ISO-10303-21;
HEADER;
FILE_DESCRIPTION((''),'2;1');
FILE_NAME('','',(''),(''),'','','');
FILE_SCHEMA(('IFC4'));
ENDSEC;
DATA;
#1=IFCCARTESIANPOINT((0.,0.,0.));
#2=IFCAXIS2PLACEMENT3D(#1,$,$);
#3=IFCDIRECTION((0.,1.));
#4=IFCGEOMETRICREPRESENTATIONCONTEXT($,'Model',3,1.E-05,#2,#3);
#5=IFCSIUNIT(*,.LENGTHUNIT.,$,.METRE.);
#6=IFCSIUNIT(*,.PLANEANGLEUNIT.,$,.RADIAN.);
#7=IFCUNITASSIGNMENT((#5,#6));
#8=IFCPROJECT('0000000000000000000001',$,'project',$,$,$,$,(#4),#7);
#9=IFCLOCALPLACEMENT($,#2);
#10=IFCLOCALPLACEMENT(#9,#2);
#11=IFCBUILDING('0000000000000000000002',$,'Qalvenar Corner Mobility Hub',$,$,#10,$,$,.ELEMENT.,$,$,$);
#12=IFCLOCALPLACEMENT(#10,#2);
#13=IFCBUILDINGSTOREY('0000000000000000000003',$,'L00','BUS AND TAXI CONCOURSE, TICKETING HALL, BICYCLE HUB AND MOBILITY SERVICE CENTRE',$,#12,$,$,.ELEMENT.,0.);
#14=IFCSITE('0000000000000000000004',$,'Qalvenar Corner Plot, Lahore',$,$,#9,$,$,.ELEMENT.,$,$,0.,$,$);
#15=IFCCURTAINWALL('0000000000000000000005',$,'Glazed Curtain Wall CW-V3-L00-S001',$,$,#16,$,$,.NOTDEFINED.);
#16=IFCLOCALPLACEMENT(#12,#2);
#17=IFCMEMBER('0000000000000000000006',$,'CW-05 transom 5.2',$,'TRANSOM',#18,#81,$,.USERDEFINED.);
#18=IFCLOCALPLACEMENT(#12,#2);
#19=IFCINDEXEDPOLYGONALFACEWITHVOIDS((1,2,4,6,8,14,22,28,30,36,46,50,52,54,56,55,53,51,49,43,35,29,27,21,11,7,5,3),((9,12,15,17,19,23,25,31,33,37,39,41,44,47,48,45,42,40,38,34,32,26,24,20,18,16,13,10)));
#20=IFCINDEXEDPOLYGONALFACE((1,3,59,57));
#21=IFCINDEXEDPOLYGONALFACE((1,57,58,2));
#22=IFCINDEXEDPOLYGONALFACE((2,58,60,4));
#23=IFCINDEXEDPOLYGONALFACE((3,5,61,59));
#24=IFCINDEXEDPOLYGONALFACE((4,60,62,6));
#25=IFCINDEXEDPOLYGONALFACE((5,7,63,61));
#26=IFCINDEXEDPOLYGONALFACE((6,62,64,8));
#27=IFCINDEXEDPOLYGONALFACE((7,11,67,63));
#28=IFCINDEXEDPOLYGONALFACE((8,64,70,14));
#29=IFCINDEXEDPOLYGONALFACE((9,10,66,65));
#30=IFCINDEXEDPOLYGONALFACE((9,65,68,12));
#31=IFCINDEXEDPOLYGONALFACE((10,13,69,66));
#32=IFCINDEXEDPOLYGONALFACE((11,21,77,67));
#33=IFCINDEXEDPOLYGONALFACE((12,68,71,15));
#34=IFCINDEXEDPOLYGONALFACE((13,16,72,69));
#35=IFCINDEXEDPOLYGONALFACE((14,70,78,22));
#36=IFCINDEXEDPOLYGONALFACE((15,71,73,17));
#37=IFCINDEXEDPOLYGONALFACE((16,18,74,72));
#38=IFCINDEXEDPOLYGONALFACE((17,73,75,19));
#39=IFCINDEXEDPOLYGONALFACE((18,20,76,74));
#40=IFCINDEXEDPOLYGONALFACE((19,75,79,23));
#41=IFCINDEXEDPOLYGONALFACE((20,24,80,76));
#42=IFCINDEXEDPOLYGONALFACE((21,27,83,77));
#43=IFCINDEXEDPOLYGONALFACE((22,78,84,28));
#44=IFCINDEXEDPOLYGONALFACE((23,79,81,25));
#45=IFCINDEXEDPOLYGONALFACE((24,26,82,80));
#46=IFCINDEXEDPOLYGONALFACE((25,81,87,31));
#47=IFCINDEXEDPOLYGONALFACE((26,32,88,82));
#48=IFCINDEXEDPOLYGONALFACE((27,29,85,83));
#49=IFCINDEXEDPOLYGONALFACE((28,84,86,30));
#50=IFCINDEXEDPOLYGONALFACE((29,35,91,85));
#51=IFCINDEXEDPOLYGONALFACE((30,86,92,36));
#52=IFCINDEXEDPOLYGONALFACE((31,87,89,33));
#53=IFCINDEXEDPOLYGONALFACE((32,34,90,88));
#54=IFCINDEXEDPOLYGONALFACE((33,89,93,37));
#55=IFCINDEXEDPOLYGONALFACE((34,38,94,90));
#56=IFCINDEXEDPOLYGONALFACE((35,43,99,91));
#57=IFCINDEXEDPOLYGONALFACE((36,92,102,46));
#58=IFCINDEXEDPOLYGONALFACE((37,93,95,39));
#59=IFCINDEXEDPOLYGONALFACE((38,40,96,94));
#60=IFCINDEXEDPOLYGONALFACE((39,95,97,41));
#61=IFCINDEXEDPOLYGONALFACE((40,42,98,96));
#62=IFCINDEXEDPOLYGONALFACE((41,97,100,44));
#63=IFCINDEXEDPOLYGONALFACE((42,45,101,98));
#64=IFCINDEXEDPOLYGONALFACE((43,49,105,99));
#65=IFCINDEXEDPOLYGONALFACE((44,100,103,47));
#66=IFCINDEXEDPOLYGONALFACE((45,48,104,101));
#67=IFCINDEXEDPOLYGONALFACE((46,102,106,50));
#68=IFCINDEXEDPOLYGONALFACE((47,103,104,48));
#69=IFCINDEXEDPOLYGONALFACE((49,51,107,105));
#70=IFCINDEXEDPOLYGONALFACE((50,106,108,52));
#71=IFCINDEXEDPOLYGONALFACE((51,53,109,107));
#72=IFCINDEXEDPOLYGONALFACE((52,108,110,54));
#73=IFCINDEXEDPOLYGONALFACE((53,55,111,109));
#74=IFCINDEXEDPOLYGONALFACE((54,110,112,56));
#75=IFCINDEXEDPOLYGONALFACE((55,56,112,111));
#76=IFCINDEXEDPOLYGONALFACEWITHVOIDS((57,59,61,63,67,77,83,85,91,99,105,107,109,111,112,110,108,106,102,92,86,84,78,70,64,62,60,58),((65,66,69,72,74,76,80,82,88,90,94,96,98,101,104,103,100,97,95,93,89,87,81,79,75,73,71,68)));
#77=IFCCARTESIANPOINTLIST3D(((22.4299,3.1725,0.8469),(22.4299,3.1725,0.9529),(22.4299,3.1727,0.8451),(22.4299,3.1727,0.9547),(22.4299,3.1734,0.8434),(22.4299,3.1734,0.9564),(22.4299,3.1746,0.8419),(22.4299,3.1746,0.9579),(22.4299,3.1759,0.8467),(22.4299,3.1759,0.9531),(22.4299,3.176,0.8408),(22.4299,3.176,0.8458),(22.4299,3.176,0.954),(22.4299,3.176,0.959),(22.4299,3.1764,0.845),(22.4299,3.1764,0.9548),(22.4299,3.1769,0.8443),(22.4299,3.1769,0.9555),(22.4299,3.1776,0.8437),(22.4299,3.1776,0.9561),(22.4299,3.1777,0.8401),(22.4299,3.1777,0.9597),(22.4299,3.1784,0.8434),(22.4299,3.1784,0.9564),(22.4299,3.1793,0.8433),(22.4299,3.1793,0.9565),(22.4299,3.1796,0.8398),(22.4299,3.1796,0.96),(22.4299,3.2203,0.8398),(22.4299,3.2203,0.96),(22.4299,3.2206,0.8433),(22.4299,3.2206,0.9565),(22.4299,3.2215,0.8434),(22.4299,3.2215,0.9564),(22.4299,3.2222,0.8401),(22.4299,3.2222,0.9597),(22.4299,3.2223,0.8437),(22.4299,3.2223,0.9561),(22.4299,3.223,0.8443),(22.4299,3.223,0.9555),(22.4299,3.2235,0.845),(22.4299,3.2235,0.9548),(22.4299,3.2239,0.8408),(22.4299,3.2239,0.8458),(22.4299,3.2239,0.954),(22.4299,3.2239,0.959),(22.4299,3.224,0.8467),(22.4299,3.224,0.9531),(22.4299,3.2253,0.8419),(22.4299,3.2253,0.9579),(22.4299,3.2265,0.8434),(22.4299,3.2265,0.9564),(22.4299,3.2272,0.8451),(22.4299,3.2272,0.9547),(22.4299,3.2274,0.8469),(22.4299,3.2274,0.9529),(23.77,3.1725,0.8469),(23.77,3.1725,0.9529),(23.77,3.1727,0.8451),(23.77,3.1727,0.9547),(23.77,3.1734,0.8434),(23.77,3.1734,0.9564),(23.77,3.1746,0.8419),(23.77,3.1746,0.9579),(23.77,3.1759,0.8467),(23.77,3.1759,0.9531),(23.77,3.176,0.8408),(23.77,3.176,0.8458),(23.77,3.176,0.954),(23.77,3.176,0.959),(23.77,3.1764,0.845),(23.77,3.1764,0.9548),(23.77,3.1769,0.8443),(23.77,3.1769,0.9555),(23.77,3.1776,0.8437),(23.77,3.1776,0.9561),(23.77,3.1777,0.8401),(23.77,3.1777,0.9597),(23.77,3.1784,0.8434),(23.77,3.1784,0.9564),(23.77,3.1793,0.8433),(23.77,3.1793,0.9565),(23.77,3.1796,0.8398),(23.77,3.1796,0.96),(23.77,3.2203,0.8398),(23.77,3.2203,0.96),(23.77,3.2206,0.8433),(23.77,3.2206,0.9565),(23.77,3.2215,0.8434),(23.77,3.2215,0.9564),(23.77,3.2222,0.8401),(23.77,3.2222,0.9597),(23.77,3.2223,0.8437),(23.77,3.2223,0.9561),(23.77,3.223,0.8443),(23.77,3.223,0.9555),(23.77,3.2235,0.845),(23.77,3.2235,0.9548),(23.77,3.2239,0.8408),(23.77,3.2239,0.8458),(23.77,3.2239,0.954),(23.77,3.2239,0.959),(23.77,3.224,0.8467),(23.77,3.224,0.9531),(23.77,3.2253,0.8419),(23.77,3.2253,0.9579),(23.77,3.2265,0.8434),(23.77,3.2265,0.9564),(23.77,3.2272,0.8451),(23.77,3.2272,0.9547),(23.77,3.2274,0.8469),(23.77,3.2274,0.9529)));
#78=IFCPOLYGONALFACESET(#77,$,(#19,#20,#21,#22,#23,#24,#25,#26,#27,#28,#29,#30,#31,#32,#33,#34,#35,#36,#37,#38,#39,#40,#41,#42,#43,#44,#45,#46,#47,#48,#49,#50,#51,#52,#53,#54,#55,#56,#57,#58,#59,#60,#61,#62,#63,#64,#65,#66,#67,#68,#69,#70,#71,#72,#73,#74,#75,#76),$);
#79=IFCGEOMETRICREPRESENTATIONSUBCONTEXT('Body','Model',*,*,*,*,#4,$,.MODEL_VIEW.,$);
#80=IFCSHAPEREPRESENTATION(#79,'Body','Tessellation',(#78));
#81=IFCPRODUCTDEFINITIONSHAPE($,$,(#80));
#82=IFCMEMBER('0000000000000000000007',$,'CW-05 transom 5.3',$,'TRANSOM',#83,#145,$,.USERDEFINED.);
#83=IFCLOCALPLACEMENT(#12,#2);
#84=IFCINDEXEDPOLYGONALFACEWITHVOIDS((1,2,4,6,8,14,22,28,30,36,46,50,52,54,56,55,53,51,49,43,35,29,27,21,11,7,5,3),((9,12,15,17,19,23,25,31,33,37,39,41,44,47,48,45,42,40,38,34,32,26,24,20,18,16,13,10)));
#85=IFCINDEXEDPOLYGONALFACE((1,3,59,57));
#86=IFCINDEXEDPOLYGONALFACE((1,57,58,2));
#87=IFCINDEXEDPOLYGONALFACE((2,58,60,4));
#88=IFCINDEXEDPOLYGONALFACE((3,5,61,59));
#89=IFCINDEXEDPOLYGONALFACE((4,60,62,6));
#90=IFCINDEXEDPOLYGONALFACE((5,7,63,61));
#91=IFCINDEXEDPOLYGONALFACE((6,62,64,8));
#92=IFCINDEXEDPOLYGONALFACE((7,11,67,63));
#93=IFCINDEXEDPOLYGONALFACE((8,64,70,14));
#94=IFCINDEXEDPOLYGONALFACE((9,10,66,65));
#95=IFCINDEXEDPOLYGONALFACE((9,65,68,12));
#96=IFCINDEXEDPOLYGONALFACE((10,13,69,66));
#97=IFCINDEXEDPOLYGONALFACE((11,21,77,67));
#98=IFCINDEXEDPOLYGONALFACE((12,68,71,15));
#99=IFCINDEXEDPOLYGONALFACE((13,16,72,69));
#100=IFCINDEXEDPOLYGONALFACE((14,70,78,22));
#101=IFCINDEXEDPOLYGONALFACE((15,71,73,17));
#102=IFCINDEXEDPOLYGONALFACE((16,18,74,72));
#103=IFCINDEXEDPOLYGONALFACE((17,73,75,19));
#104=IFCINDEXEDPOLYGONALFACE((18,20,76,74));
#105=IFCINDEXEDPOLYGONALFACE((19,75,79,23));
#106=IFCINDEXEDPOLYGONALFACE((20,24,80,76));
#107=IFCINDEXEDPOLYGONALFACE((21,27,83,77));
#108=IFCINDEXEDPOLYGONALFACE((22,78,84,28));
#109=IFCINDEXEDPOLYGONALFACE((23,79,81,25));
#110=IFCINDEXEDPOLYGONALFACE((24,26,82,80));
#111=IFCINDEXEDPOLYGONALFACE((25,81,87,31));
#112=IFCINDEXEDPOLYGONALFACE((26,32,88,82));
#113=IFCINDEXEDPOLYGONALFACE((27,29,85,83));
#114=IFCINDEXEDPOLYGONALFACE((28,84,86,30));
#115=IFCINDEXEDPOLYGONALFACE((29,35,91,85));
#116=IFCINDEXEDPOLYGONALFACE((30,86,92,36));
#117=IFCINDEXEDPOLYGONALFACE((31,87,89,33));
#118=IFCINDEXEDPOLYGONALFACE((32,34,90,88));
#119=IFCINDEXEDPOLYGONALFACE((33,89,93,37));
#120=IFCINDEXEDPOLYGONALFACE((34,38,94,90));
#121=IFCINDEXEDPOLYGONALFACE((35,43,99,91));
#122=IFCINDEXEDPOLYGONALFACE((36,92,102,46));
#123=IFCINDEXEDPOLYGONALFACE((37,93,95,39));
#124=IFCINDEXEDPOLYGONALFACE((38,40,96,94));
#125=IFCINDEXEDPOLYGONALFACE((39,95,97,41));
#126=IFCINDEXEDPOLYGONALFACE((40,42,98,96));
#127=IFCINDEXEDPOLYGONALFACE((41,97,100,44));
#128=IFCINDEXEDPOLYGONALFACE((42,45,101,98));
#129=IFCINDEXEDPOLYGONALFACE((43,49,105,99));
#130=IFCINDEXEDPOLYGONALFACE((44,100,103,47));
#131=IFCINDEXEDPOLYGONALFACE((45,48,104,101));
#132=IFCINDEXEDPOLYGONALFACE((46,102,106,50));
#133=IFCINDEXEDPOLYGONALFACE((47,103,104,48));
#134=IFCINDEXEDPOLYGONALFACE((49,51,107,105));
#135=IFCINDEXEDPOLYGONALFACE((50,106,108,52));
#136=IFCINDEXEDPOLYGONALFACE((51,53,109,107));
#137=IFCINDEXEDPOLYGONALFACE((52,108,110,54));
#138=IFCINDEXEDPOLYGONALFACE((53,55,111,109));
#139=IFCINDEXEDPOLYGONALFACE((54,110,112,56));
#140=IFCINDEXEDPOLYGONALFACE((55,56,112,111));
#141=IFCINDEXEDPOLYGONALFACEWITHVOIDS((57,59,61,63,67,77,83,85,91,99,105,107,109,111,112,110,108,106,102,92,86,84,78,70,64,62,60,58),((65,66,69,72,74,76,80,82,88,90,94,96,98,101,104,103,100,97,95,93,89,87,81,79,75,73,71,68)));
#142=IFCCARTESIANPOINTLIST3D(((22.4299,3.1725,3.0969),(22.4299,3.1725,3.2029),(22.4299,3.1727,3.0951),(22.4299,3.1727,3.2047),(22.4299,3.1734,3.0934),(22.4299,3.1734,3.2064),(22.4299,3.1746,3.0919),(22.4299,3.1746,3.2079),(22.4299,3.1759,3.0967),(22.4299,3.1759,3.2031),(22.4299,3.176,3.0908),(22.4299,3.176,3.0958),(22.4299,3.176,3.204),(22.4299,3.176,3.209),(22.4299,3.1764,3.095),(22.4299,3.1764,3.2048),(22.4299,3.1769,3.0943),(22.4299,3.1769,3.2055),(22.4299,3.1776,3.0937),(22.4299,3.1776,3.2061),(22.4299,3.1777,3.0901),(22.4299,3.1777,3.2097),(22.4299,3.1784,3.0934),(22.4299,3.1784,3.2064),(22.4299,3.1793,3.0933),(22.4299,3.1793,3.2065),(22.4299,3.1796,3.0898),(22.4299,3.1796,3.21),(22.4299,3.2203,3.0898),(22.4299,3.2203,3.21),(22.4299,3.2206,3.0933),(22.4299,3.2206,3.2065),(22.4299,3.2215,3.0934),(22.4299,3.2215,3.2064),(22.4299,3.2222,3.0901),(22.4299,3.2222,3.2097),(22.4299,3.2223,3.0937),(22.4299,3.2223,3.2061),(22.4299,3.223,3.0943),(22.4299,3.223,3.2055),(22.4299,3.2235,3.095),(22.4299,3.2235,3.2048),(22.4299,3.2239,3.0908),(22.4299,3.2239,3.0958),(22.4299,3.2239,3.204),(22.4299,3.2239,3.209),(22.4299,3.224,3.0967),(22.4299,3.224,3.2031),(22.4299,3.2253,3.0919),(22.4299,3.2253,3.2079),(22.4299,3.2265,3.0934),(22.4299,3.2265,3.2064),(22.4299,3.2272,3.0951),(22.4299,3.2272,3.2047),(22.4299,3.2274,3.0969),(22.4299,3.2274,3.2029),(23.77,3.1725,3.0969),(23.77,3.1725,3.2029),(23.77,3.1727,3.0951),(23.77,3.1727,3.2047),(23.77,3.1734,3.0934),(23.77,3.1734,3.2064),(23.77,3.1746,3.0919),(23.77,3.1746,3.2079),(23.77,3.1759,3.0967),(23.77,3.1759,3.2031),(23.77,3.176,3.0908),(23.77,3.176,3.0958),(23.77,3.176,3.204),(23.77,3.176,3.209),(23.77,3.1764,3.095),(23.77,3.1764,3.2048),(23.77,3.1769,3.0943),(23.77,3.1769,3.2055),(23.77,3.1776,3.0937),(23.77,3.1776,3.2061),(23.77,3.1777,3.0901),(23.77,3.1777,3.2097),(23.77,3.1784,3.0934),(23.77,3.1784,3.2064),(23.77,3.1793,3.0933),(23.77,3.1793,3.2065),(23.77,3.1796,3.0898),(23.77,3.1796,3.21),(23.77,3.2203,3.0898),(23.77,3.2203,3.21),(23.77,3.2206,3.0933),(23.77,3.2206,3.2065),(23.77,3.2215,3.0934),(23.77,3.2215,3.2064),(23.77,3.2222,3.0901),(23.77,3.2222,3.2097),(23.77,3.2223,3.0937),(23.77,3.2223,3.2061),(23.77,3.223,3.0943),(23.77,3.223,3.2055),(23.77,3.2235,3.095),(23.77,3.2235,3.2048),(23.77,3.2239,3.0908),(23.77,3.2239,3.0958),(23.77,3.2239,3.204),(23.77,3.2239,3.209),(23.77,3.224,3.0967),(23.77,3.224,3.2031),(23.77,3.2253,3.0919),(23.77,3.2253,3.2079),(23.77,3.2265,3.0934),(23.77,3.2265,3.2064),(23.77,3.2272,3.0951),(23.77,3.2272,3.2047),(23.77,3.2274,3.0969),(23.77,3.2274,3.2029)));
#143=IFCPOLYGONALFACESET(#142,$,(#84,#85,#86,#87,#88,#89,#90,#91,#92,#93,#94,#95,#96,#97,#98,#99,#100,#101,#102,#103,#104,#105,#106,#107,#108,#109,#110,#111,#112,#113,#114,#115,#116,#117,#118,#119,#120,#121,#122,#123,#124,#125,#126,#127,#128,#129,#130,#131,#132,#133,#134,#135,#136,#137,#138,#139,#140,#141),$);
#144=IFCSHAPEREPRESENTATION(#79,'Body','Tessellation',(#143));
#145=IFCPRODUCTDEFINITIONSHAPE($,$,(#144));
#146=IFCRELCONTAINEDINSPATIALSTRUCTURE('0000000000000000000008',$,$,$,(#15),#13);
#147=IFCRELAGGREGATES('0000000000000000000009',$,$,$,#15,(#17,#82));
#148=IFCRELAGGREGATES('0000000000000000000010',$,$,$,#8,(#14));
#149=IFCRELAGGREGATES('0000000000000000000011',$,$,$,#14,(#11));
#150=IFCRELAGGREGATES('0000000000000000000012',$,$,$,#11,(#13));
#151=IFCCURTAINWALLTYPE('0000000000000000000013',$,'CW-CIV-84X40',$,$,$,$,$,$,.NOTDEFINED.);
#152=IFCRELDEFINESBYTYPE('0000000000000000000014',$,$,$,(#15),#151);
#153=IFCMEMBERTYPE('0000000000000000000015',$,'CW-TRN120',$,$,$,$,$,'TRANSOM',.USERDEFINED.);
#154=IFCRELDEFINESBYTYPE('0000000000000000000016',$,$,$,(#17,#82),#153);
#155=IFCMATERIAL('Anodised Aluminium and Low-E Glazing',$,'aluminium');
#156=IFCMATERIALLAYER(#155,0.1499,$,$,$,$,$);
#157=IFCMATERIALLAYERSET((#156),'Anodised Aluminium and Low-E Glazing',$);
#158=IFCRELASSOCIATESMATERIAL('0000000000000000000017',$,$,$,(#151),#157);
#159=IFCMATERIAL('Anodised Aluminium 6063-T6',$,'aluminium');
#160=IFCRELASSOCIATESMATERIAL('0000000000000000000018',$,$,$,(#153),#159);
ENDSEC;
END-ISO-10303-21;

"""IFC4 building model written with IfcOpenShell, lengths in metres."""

from ifc_helpers import new_model, si_unit, direction, frame, origin, origin_2d, place, context, subcontext, project, spatial, hollow_rectangle, extrude, material, layer, layer_set, material_profile, profile_set, type_object, element, aggregate, save


model = new_model("IFC4")

# Units and contexts
model_context = context("Model", 3, precision=1e-05, world=origin(), true_north=direction((0.0, 1.0)))
body_context = subcontext(model_context, "Body", "Model", "MODEL_VIEW")
ifc_project = project(units=[si_unit("LENGTHUNIT", "METRE"), si_unit("PLANEANGLEUNIT", "RADIAN")], contexts=[model_context])

# Site, building, storey
site_placement = place(None, origin())
site = spatial("IfcSite", under=ifc_project, at=site_placement, Name="Qalvenar Corner Plot, Lahore", CompositionType="ELEMENT", RefElevation=0.0)
building_placement = place(site_placement, origin())
building = spatial("IfcBuilding", under=site, at=building_placement, Name="Qalvenar Corner Mobility Hub", CompositionType="ELEMENT")
storey_placement = place(building_placement, origin())
storey = spatial("IfcBuildingStorey", under=building, at=storey_placement, Name="L00", Description="BUS AND TAXI CONCOURSE, TICKETING HALL, BICYCLE HUB AND MOBILITY SERVICE CENTRE", CompositionType="ELEMENT", Elevation=0.0)

# Curtain wall, members
ifc_material_1 = material(Name="Anodised Aluminium and Low-E Glazing", Category="aluminium")
ifc_layer_1 = layer(ifc_material_1, 0.1499)
ifc_layer_set_1 = layer_set([ifc_layer_1], Name="Anodised Aluminium and Low-E Glazing")
curtain_wall_type = type_object("IfcCurtainWallType", Name="CW-CIV-84X40", PredefinedType="NOTDEFINED", material=ifc_layer_set_1)
curtain_wall_placement = place(storey_placement, origin())
curtain_wall = element("IfcCurtainWall", 1, at=curtain_wall_placement, inside=storey, type_object=curtain_wall_type, Name="Glazed Curtain Wall CW-V3-L00-S001", PredefinedType="NOTDEFINED")
ifc_material_2 = material(Name="Anodised Aluminium 6063-T6", Category="aluminium")
ifc_material_profile_1 = material_profile(ifc_material_2, hollow_rectangle(XDim=0.0549, YDim=0.1201, WallThickness=0.0034, InnerFilletRadius=0.0034, OuterFilletRadius=0.0071, at=origin_2d()), Name="RHS120x55x3.5")
ifc_profile_set_1 = profile_set([ifc_material_profile_1], Name="Anodised Aluminium 6063-T6")
member_type_1 = type_object("IfcMemberType", Name="CW-TRN120", ElementType="TRANSOM", PredefinedType="USERDEFINED", material=ifc_profile_set_1)
member_1_placement = place(storey_placement, frame((22.4299, 3.2, 0.8999), z_axis=(1.0, 0.0, 0.0), x_axis=(0.0, 1.0, 0.0)))
member_1 = element("IfcMember", 2, at=member_1_placement, type_object=member_type_1, Name="CW-05 transom 5.2", ObjectType="TRANSOM", PredefinedType="USERDEFINED", context=body_context, shape_type="SweptSolid", body=[
    extrude(hollow_rectangle(XDim=0.0549, YDim=0.1201, WallThickness=0.0034, InnerFilletRadius=0.0034, OuterFilletRadius=0.0071, at=origin_2d()), origin(), (0.0, 0.0, 1.0), 1.3401),
])
member_2_placement = place(storey_placement, frame((22.4299, 3.2, 3.1499), z_axis=(1.0, 0.0, 0.0), x_axis=(0.0, 1.0, 0.0)))
member_2 = element("IfcMember", 3, at=member_2_placement, type_object=member_type_1, Name="CW-05 transom 5.3", ObjectType="TRANSOM", PredefinedType="USERDEFINED", context=body_context, shape_type="SweptSolid", body=[
    extrude(hollow_rectangle(XDim=0.0549, YDim=0.1201, WallThickness=0.0034, InnerFilletRadius=0.0034, OuterFilletRadius=0.0071, at=origin_2d()), origin(), (0.0, 0.0, 1.0), 1.3401),
])
aggregate(curtain_wall, [member_1, member_2])

save(model, "model.ifc")
